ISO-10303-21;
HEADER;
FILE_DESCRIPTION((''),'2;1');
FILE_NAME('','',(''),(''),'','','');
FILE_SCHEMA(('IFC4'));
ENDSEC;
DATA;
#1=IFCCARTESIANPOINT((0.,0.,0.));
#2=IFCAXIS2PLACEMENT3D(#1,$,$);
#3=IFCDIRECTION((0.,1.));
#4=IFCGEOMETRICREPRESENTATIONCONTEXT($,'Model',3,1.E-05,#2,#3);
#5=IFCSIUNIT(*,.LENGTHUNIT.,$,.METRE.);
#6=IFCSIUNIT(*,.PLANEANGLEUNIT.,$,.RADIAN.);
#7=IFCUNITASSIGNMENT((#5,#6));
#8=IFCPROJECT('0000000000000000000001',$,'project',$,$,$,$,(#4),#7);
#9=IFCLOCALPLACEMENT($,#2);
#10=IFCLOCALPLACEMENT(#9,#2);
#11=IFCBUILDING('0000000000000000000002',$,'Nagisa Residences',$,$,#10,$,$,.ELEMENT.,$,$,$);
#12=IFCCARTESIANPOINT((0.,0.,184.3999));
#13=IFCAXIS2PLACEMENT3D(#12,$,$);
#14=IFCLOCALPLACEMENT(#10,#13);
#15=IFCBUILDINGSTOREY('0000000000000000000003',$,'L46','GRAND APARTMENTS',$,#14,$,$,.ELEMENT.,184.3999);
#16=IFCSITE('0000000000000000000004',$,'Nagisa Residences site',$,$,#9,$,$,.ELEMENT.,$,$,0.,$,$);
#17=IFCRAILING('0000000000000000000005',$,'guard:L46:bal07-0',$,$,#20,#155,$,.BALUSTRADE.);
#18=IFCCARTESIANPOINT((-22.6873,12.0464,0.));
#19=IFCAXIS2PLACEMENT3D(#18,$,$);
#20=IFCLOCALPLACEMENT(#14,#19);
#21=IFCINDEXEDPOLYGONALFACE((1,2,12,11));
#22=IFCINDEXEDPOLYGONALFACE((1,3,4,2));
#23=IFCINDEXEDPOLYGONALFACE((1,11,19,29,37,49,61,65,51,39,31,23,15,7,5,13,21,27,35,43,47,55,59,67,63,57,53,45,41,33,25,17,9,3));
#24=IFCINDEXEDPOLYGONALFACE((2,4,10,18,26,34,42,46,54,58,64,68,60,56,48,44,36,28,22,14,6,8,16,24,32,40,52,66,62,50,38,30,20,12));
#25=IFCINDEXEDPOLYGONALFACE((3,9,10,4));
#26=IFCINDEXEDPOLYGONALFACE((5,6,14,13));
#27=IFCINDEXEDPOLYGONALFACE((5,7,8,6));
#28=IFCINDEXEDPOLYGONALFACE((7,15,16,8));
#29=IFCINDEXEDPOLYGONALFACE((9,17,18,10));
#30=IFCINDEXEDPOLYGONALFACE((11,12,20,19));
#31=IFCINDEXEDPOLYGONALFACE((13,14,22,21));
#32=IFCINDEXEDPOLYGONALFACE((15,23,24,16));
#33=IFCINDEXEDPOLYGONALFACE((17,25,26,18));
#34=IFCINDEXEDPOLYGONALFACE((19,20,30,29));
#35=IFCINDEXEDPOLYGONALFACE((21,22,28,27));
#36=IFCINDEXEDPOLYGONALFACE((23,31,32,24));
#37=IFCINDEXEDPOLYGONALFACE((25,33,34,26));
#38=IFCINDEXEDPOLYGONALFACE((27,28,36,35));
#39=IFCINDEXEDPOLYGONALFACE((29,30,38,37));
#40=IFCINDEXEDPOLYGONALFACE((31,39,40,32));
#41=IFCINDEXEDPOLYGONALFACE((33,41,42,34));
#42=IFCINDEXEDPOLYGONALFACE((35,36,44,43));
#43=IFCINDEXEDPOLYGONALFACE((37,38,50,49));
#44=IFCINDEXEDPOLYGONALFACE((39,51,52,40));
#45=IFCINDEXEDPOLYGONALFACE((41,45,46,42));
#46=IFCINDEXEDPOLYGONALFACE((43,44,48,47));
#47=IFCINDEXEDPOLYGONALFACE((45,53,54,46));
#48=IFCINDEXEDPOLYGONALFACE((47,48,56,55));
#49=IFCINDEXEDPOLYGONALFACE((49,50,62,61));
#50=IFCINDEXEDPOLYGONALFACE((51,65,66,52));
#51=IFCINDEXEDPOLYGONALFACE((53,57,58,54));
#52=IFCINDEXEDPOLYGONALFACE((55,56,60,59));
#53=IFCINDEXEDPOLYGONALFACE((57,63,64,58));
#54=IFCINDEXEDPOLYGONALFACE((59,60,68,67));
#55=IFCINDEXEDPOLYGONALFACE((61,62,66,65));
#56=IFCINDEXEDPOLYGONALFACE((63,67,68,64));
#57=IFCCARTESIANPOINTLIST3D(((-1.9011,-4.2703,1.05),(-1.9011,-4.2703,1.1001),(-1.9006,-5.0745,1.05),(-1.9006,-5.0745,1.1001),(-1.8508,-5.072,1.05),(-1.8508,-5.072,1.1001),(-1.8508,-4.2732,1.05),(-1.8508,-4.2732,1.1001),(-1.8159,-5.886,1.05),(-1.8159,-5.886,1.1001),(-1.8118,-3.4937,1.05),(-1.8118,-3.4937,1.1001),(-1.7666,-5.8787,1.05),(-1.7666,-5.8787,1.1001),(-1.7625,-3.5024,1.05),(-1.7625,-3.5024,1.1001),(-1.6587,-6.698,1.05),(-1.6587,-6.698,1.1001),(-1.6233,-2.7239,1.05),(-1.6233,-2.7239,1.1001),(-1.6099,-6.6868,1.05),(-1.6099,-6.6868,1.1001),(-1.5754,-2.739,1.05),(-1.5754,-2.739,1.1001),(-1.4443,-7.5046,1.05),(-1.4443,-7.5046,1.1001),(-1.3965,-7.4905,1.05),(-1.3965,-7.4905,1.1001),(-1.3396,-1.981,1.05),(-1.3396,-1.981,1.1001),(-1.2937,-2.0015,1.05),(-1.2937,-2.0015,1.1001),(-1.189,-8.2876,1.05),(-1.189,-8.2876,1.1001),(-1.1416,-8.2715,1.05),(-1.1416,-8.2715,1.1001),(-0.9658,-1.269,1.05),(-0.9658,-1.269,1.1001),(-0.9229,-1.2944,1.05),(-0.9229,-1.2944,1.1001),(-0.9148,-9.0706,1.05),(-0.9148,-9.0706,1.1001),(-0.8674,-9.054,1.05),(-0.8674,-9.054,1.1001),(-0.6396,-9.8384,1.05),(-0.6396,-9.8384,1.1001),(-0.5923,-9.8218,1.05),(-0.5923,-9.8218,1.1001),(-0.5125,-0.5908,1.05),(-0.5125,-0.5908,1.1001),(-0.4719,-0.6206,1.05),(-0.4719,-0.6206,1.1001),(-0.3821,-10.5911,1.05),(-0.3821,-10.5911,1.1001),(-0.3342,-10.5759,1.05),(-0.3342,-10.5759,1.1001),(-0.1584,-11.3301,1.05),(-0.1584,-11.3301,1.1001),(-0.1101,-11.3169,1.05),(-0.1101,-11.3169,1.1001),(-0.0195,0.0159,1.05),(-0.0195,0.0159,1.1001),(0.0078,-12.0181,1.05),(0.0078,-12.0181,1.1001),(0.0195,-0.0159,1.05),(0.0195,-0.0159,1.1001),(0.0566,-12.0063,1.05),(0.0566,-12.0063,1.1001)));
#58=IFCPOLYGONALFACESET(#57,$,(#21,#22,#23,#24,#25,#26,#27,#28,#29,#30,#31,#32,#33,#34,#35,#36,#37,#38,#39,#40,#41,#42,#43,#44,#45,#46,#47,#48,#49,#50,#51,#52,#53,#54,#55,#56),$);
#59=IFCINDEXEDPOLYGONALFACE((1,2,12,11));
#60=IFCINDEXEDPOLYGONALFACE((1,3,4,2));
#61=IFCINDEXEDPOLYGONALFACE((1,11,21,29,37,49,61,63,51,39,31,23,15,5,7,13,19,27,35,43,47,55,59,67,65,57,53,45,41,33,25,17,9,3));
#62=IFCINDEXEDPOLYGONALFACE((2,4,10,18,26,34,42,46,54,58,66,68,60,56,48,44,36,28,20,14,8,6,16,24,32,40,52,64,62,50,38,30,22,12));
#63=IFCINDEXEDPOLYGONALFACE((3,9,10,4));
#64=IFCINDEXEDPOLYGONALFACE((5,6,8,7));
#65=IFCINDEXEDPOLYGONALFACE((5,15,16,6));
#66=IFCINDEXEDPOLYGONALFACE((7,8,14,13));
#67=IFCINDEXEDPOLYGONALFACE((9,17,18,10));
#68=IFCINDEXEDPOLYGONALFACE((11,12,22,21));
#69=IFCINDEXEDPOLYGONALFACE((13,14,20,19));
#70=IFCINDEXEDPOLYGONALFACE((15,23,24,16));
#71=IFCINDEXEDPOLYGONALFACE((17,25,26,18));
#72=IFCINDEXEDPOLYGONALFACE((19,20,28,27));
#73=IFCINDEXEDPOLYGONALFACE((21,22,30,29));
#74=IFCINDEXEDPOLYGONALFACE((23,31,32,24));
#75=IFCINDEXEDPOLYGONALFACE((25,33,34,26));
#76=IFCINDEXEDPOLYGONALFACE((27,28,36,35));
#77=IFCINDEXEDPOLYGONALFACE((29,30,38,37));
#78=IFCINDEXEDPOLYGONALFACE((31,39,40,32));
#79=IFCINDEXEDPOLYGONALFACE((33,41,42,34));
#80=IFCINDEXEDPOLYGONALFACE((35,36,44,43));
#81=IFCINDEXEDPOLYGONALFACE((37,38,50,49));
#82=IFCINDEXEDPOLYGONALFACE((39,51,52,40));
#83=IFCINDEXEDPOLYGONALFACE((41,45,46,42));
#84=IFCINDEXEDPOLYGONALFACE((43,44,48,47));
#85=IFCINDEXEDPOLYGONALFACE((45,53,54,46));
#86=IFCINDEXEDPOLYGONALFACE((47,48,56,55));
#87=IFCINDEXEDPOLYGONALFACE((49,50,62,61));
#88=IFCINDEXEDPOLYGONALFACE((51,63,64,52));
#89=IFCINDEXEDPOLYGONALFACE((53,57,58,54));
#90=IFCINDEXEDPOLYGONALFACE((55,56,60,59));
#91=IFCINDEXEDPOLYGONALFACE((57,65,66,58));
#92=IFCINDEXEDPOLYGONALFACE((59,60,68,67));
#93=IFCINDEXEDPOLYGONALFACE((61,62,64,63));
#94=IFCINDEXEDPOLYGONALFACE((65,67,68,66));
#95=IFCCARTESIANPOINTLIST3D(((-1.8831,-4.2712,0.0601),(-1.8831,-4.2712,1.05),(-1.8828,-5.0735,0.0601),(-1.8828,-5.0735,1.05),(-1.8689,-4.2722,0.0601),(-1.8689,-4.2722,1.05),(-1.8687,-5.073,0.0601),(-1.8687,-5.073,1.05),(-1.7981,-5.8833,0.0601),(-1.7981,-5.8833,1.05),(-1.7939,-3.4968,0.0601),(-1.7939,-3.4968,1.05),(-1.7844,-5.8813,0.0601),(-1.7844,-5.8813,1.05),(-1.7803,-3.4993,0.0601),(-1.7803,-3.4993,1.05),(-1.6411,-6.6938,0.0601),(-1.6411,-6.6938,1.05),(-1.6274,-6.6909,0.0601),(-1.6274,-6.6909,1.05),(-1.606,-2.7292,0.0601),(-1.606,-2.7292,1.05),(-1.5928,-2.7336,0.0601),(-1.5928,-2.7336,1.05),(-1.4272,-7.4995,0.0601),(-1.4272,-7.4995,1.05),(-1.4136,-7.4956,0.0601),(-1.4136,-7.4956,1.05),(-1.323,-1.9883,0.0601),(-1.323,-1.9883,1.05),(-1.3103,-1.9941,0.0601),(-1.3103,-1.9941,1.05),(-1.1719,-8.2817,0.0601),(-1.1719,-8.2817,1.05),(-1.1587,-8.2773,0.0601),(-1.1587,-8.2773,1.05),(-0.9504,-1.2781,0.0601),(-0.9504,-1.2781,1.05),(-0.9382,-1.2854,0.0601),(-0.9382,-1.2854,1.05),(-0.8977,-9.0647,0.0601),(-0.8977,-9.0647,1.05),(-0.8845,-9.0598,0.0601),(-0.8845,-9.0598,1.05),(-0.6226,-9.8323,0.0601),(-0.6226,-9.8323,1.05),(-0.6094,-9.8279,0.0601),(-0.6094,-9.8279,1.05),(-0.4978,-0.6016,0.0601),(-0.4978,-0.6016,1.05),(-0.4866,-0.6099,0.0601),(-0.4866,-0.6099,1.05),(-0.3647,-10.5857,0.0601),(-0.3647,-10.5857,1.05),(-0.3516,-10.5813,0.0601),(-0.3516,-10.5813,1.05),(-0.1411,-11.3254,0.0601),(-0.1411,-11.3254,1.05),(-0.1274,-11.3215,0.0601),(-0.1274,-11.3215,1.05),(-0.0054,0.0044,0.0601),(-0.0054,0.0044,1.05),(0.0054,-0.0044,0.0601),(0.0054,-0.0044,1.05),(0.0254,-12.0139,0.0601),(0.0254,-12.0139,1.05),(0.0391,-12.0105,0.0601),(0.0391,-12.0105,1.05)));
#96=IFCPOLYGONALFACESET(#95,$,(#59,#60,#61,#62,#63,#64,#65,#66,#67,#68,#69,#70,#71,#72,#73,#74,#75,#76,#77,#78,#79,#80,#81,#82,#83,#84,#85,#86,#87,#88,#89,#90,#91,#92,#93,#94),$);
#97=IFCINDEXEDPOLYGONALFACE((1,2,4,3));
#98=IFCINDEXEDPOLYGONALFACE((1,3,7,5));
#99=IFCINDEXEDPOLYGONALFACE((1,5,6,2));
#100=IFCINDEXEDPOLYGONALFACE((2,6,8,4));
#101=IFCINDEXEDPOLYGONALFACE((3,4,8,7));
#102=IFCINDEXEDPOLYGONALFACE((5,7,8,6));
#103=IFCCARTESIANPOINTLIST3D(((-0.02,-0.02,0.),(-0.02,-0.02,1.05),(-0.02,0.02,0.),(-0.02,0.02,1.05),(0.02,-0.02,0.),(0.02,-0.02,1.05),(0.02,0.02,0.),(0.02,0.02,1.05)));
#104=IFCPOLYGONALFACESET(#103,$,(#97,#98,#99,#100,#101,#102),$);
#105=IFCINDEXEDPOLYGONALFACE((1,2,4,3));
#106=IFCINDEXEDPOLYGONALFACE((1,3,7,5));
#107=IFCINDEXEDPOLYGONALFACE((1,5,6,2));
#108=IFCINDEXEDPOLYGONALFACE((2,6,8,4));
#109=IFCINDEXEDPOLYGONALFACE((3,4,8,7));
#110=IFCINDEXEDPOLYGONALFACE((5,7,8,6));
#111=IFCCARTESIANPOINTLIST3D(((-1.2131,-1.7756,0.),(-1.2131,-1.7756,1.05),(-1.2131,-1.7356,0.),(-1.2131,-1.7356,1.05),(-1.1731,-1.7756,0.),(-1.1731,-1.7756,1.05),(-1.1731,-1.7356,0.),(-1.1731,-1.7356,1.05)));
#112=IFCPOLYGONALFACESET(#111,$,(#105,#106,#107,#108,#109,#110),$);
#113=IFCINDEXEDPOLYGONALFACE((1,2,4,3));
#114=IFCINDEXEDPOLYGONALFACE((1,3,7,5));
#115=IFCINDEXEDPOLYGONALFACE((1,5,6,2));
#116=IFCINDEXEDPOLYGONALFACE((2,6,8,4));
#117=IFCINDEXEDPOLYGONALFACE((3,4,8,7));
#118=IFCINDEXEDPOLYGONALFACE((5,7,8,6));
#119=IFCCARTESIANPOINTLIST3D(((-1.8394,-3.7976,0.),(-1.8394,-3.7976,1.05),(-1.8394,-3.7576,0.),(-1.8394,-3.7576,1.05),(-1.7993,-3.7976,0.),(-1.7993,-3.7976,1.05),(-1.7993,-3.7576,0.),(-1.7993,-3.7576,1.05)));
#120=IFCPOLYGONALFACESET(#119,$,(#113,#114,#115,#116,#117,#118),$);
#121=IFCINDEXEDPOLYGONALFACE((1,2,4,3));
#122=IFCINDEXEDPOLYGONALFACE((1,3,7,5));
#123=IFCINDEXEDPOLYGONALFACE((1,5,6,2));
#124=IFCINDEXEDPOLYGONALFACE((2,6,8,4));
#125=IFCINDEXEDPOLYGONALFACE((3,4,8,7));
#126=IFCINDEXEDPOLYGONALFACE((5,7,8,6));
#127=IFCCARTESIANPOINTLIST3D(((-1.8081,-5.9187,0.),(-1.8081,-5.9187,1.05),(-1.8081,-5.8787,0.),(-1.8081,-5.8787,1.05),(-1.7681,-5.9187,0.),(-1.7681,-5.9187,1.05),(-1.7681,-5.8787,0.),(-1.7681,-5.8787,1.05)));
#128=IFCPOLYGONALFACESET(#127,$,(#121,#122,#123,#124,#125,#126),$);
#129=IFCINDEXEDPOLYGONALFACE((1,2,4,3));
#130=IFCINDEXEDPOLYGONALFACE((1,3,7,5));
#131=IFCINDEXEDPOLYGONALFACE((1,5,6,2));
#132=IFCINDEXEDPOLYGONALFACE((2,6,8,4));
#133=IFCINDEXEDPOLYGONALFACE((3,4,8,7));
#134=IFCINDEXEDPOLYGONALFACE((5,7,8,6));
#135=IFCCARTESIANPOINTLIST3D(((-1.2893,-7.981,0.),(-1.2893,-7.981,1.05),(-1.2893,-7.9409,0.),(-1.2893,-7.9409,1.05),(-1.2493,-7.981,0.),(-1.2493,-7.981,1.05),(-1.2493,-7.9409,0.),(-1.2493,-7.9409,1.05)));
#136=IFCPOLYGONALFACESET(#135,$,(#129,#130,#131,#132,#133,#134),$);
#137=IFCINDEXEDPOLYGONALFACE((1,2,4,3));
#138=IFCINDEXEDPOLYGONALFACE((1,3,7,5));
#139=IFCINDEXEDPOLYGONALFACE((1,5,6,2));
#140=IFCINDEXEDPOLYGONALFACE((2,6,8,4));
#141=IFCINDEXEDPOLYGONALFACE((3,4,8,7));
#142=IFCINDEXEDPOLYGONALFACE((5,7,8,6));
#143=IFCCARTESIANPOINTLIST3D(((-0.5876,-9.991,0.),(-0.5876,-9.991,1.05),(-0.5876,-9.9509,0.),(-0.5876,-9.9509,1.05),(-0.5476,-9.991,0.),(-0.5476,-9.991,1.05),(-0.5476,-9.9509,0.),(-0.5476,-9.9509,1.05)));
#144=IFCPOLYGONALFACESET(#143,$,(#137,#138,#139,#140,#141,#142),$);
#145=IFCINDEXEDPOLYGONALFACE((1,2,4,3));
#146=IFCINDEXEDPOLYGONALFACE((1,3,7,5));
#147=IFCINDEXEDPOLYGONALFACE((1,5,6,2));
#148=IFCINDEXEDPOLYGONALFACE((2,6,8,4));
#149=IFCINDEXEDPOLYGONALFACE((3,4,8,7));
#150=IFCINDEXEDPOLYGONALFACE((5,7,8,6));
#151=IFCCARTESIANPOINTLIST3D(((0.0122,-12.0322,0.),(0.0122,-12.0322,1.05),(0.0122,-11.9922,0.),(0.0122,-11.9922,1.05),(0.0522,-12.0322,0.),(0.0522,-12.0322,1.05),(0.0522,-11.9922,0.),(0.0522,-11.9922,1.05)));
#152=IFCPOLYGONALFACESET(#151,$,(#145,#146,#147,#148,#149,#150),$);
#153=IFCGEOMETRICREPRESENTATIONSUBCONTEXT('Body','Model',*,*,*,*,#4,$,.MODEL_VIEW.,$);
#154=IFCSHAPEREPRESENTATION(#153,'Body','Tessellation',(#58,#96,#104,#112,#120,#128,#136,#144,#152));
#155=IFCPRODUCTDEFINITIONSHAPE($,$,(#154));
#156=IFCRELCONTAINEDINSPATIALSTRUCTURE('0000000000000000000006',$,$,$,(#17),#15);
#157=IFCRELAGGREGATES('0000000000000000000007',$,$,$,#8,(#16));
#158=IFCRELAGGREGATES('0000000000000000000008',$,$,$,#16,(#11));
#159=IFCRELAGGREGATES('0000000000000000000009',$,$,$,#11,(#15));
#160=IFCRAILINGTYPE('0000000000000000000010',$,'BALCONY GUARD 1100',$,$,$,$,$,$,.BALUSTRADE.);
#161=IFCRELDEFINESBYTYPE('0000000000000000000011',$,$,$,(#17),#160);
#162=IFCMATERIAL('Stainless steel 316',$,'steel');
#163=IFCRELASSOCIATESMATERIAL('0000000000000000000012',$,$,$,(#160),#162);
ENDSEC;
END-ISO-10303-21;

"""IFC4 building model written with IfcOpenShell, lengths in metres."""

from ifc_helpers import new_model, si_unit, direction, frame, origin, origin_2d, place, context, subcontext, project, spatial, polyline, rectangle, outline, extrude, material, type_object, element, save


model = new_model("IFC4")

# Units and contexts
model_context = context("Model", 3, precision=1e-05, world=origin(), true_north=direction((0.0, 1.0)))
body_context = subcontext(model_context, "Body", "Model", "MODEL_VIEW")
ifc_project = project(units=[si_unit("LENGTHUNIT", "METRE"), si_unit("PLANEANGLEUNIT", "RADIAN")], contexts=[model_context])

# Site, building, storey
site_placement = place(None, origin())
site = spatial("IfcSite", under=ifc_project, at=site_placement, Name="Nagisa Residences site", CompositionType="ELEMENT", RefElevation=0.0)
building_placement = place(site_placement, origin())
building = spatial("IfcBuilding", under=site, at=building_placement, Name="Nagisa Residences", CompositionType="ELEMENT")
storey_placement = place(building_placement, frame((0.0, 0.0, 184.3999)))
storey = spatial("IfcBuildingStorey", under=building, at=storey_placement, Name="L46", Description="GRAND APARTMENTS", CompositionType="ELEMENT", Elevation=184.3999)

# Railing
ifc_material_1 = material(Name="Stainless steel 316", Category="steel")
railing_type = type_object("IfcRailingType", Name="BALCONY GUARD 1100", PredefinedType="BALUSTRADE", material=ifc_material_1)
railing_1_placement = place(storey_placement, frame((-22.6873, 12.0464, 0.0)))
element("IfcRailing", 1, at=railing_1_placement, inside=storey, type_object=railing_type, Name="guard:L46:bal07-0", PredefinedType="BALUSTRADE", context=body_context, shape_type="SweptSolid", body=[
    extrude(outline(polyline([(-0.4719, -0.6206), (0.0195, -0.0159), (-0.0195, 0.0159), (-0.5125, -0.5908), (-0.9658, -1.269), (-1.3396, -1.981), (-1.6233, -2.7239), (-1.8118, -3.4937), (-1.9011, -4.2703), (-1.9006, -5.0745), (-1.8159, -5.886), (-1.6587, -6.698), (-1.4443, -7.5046), (-1.189, -8.2876), (-0.9148, -9.0706), (-0.6396, -9.8384), (-0.3821, -10.5911), (-0.1584, -11.3301), (0.0078, -12.0181), (0.0566, -12.0063), (-0.1101, -11.3169), (-0.3342, -10.5759), (-0.5923, -9.8218), (-0.8674, -9.054), (-1.1416, -8.2715), (-1.3965, -7.4905), (-1.6099, -6.6868), (-1.7666, -5.8787), (-1.8508, -5.072), (-1.8508, -4.2732), (-1.7625, -3.5024), (-1.5754, -2.739), (-1.2937, -2.0015), (-0.9229, -1.2944), (-0.4719, -0.6206)])), frame((0.0, 0.0, 1.05)), (0.0, 0.0, 1.0), 0.05),
    extrude(outline(polyline([(-0.4866, -0.6099), (0.0054, -0.0044), (-0.0054, 0.0044), (-0.4978, -0.6016), (-0.9504, -1.2781), (-1.323, -1.9883), (-1.606, -2.7292), (-1.7939, -3.4968), (-1.8831, -4.2712), (-1.8828, -5.0735), (-1.7981, -5.8833), (-1.6411, -6.6938), (-1.4272, -7.4995), (-1.1719, -8.2817), (-0.8977, -9.0647), (-0.6226, -9.8323), (-0.3647, -10.5857), (-0.1411, -11.3254), (0.0254, -12.0139), (0.0391, -12.0105), (-0.1274, -11.3215), (-0.3516, -10.5813), (-0.6094, -9.8279), (-0.8845, -9.0598), (-1.1587, -8.2773), (-1.4136, -7.4956), (-1.6274, -6.6909), (-1.7844, -5.8813), (-1.8687, -5.073), (-1.8689, -4.2722), (-1.7803, -3.4993), (-1.5928, -2.7336), (-1.3103, -1.9941), (-0.9382, -1.2854), (-0.4866, -0.6099)])), frame((0.0, 0.0, 0.0601)), (0.0, 0.0, 1.0), 0.99),
    extrude(rectangle(XDim=0.04, YDim=0.04, at=origin_2d()), origin(), (0.0, 0.0, 1.0), 1.05),
    extrude(rectangle(XDim=0.04, YDim=0.04, at=origin_2d()), frame((-1.1931, -1.7556, 0.0)), (0.0, 0.0, 1.0), 1.05),
    extrude(rectangle(XDim=0.04, YDim=0.04, at=origin_2d()), frame((-1.8193, -3.7776, 0.0)), (0.0, 0.0, 1.0), 1.05),
    extrude(rectangle(XDim=0.04, YDim=0.04, at=origin_2d()), frame((-1.7881, -5.8987, 0.0)), (0.0, 0.0, 1.0), 1.05),
    extrude(rectangle(XDim=0.04, YDim=0.04, at=origin_2d()), frame((-1.2693, -7.9609, 0.0)), (0.0, 0.0, 1.0), 1.05),
    extrude(rectangle(XDim=0.04, YDim=0.04, at=origin_2d()), frame((-0.5676, -9.9709, 0.0)), (0.0, 0.0, 1.0), 1.05),
    extrude(rectangle(XDim=0.04, YDim=0.04, at=origin_2d()), frame((0.0322, -12.0122, 0.0)), (0.0, 0.0, 1.0), 1.05),
])

save(model, "model.ifc")
